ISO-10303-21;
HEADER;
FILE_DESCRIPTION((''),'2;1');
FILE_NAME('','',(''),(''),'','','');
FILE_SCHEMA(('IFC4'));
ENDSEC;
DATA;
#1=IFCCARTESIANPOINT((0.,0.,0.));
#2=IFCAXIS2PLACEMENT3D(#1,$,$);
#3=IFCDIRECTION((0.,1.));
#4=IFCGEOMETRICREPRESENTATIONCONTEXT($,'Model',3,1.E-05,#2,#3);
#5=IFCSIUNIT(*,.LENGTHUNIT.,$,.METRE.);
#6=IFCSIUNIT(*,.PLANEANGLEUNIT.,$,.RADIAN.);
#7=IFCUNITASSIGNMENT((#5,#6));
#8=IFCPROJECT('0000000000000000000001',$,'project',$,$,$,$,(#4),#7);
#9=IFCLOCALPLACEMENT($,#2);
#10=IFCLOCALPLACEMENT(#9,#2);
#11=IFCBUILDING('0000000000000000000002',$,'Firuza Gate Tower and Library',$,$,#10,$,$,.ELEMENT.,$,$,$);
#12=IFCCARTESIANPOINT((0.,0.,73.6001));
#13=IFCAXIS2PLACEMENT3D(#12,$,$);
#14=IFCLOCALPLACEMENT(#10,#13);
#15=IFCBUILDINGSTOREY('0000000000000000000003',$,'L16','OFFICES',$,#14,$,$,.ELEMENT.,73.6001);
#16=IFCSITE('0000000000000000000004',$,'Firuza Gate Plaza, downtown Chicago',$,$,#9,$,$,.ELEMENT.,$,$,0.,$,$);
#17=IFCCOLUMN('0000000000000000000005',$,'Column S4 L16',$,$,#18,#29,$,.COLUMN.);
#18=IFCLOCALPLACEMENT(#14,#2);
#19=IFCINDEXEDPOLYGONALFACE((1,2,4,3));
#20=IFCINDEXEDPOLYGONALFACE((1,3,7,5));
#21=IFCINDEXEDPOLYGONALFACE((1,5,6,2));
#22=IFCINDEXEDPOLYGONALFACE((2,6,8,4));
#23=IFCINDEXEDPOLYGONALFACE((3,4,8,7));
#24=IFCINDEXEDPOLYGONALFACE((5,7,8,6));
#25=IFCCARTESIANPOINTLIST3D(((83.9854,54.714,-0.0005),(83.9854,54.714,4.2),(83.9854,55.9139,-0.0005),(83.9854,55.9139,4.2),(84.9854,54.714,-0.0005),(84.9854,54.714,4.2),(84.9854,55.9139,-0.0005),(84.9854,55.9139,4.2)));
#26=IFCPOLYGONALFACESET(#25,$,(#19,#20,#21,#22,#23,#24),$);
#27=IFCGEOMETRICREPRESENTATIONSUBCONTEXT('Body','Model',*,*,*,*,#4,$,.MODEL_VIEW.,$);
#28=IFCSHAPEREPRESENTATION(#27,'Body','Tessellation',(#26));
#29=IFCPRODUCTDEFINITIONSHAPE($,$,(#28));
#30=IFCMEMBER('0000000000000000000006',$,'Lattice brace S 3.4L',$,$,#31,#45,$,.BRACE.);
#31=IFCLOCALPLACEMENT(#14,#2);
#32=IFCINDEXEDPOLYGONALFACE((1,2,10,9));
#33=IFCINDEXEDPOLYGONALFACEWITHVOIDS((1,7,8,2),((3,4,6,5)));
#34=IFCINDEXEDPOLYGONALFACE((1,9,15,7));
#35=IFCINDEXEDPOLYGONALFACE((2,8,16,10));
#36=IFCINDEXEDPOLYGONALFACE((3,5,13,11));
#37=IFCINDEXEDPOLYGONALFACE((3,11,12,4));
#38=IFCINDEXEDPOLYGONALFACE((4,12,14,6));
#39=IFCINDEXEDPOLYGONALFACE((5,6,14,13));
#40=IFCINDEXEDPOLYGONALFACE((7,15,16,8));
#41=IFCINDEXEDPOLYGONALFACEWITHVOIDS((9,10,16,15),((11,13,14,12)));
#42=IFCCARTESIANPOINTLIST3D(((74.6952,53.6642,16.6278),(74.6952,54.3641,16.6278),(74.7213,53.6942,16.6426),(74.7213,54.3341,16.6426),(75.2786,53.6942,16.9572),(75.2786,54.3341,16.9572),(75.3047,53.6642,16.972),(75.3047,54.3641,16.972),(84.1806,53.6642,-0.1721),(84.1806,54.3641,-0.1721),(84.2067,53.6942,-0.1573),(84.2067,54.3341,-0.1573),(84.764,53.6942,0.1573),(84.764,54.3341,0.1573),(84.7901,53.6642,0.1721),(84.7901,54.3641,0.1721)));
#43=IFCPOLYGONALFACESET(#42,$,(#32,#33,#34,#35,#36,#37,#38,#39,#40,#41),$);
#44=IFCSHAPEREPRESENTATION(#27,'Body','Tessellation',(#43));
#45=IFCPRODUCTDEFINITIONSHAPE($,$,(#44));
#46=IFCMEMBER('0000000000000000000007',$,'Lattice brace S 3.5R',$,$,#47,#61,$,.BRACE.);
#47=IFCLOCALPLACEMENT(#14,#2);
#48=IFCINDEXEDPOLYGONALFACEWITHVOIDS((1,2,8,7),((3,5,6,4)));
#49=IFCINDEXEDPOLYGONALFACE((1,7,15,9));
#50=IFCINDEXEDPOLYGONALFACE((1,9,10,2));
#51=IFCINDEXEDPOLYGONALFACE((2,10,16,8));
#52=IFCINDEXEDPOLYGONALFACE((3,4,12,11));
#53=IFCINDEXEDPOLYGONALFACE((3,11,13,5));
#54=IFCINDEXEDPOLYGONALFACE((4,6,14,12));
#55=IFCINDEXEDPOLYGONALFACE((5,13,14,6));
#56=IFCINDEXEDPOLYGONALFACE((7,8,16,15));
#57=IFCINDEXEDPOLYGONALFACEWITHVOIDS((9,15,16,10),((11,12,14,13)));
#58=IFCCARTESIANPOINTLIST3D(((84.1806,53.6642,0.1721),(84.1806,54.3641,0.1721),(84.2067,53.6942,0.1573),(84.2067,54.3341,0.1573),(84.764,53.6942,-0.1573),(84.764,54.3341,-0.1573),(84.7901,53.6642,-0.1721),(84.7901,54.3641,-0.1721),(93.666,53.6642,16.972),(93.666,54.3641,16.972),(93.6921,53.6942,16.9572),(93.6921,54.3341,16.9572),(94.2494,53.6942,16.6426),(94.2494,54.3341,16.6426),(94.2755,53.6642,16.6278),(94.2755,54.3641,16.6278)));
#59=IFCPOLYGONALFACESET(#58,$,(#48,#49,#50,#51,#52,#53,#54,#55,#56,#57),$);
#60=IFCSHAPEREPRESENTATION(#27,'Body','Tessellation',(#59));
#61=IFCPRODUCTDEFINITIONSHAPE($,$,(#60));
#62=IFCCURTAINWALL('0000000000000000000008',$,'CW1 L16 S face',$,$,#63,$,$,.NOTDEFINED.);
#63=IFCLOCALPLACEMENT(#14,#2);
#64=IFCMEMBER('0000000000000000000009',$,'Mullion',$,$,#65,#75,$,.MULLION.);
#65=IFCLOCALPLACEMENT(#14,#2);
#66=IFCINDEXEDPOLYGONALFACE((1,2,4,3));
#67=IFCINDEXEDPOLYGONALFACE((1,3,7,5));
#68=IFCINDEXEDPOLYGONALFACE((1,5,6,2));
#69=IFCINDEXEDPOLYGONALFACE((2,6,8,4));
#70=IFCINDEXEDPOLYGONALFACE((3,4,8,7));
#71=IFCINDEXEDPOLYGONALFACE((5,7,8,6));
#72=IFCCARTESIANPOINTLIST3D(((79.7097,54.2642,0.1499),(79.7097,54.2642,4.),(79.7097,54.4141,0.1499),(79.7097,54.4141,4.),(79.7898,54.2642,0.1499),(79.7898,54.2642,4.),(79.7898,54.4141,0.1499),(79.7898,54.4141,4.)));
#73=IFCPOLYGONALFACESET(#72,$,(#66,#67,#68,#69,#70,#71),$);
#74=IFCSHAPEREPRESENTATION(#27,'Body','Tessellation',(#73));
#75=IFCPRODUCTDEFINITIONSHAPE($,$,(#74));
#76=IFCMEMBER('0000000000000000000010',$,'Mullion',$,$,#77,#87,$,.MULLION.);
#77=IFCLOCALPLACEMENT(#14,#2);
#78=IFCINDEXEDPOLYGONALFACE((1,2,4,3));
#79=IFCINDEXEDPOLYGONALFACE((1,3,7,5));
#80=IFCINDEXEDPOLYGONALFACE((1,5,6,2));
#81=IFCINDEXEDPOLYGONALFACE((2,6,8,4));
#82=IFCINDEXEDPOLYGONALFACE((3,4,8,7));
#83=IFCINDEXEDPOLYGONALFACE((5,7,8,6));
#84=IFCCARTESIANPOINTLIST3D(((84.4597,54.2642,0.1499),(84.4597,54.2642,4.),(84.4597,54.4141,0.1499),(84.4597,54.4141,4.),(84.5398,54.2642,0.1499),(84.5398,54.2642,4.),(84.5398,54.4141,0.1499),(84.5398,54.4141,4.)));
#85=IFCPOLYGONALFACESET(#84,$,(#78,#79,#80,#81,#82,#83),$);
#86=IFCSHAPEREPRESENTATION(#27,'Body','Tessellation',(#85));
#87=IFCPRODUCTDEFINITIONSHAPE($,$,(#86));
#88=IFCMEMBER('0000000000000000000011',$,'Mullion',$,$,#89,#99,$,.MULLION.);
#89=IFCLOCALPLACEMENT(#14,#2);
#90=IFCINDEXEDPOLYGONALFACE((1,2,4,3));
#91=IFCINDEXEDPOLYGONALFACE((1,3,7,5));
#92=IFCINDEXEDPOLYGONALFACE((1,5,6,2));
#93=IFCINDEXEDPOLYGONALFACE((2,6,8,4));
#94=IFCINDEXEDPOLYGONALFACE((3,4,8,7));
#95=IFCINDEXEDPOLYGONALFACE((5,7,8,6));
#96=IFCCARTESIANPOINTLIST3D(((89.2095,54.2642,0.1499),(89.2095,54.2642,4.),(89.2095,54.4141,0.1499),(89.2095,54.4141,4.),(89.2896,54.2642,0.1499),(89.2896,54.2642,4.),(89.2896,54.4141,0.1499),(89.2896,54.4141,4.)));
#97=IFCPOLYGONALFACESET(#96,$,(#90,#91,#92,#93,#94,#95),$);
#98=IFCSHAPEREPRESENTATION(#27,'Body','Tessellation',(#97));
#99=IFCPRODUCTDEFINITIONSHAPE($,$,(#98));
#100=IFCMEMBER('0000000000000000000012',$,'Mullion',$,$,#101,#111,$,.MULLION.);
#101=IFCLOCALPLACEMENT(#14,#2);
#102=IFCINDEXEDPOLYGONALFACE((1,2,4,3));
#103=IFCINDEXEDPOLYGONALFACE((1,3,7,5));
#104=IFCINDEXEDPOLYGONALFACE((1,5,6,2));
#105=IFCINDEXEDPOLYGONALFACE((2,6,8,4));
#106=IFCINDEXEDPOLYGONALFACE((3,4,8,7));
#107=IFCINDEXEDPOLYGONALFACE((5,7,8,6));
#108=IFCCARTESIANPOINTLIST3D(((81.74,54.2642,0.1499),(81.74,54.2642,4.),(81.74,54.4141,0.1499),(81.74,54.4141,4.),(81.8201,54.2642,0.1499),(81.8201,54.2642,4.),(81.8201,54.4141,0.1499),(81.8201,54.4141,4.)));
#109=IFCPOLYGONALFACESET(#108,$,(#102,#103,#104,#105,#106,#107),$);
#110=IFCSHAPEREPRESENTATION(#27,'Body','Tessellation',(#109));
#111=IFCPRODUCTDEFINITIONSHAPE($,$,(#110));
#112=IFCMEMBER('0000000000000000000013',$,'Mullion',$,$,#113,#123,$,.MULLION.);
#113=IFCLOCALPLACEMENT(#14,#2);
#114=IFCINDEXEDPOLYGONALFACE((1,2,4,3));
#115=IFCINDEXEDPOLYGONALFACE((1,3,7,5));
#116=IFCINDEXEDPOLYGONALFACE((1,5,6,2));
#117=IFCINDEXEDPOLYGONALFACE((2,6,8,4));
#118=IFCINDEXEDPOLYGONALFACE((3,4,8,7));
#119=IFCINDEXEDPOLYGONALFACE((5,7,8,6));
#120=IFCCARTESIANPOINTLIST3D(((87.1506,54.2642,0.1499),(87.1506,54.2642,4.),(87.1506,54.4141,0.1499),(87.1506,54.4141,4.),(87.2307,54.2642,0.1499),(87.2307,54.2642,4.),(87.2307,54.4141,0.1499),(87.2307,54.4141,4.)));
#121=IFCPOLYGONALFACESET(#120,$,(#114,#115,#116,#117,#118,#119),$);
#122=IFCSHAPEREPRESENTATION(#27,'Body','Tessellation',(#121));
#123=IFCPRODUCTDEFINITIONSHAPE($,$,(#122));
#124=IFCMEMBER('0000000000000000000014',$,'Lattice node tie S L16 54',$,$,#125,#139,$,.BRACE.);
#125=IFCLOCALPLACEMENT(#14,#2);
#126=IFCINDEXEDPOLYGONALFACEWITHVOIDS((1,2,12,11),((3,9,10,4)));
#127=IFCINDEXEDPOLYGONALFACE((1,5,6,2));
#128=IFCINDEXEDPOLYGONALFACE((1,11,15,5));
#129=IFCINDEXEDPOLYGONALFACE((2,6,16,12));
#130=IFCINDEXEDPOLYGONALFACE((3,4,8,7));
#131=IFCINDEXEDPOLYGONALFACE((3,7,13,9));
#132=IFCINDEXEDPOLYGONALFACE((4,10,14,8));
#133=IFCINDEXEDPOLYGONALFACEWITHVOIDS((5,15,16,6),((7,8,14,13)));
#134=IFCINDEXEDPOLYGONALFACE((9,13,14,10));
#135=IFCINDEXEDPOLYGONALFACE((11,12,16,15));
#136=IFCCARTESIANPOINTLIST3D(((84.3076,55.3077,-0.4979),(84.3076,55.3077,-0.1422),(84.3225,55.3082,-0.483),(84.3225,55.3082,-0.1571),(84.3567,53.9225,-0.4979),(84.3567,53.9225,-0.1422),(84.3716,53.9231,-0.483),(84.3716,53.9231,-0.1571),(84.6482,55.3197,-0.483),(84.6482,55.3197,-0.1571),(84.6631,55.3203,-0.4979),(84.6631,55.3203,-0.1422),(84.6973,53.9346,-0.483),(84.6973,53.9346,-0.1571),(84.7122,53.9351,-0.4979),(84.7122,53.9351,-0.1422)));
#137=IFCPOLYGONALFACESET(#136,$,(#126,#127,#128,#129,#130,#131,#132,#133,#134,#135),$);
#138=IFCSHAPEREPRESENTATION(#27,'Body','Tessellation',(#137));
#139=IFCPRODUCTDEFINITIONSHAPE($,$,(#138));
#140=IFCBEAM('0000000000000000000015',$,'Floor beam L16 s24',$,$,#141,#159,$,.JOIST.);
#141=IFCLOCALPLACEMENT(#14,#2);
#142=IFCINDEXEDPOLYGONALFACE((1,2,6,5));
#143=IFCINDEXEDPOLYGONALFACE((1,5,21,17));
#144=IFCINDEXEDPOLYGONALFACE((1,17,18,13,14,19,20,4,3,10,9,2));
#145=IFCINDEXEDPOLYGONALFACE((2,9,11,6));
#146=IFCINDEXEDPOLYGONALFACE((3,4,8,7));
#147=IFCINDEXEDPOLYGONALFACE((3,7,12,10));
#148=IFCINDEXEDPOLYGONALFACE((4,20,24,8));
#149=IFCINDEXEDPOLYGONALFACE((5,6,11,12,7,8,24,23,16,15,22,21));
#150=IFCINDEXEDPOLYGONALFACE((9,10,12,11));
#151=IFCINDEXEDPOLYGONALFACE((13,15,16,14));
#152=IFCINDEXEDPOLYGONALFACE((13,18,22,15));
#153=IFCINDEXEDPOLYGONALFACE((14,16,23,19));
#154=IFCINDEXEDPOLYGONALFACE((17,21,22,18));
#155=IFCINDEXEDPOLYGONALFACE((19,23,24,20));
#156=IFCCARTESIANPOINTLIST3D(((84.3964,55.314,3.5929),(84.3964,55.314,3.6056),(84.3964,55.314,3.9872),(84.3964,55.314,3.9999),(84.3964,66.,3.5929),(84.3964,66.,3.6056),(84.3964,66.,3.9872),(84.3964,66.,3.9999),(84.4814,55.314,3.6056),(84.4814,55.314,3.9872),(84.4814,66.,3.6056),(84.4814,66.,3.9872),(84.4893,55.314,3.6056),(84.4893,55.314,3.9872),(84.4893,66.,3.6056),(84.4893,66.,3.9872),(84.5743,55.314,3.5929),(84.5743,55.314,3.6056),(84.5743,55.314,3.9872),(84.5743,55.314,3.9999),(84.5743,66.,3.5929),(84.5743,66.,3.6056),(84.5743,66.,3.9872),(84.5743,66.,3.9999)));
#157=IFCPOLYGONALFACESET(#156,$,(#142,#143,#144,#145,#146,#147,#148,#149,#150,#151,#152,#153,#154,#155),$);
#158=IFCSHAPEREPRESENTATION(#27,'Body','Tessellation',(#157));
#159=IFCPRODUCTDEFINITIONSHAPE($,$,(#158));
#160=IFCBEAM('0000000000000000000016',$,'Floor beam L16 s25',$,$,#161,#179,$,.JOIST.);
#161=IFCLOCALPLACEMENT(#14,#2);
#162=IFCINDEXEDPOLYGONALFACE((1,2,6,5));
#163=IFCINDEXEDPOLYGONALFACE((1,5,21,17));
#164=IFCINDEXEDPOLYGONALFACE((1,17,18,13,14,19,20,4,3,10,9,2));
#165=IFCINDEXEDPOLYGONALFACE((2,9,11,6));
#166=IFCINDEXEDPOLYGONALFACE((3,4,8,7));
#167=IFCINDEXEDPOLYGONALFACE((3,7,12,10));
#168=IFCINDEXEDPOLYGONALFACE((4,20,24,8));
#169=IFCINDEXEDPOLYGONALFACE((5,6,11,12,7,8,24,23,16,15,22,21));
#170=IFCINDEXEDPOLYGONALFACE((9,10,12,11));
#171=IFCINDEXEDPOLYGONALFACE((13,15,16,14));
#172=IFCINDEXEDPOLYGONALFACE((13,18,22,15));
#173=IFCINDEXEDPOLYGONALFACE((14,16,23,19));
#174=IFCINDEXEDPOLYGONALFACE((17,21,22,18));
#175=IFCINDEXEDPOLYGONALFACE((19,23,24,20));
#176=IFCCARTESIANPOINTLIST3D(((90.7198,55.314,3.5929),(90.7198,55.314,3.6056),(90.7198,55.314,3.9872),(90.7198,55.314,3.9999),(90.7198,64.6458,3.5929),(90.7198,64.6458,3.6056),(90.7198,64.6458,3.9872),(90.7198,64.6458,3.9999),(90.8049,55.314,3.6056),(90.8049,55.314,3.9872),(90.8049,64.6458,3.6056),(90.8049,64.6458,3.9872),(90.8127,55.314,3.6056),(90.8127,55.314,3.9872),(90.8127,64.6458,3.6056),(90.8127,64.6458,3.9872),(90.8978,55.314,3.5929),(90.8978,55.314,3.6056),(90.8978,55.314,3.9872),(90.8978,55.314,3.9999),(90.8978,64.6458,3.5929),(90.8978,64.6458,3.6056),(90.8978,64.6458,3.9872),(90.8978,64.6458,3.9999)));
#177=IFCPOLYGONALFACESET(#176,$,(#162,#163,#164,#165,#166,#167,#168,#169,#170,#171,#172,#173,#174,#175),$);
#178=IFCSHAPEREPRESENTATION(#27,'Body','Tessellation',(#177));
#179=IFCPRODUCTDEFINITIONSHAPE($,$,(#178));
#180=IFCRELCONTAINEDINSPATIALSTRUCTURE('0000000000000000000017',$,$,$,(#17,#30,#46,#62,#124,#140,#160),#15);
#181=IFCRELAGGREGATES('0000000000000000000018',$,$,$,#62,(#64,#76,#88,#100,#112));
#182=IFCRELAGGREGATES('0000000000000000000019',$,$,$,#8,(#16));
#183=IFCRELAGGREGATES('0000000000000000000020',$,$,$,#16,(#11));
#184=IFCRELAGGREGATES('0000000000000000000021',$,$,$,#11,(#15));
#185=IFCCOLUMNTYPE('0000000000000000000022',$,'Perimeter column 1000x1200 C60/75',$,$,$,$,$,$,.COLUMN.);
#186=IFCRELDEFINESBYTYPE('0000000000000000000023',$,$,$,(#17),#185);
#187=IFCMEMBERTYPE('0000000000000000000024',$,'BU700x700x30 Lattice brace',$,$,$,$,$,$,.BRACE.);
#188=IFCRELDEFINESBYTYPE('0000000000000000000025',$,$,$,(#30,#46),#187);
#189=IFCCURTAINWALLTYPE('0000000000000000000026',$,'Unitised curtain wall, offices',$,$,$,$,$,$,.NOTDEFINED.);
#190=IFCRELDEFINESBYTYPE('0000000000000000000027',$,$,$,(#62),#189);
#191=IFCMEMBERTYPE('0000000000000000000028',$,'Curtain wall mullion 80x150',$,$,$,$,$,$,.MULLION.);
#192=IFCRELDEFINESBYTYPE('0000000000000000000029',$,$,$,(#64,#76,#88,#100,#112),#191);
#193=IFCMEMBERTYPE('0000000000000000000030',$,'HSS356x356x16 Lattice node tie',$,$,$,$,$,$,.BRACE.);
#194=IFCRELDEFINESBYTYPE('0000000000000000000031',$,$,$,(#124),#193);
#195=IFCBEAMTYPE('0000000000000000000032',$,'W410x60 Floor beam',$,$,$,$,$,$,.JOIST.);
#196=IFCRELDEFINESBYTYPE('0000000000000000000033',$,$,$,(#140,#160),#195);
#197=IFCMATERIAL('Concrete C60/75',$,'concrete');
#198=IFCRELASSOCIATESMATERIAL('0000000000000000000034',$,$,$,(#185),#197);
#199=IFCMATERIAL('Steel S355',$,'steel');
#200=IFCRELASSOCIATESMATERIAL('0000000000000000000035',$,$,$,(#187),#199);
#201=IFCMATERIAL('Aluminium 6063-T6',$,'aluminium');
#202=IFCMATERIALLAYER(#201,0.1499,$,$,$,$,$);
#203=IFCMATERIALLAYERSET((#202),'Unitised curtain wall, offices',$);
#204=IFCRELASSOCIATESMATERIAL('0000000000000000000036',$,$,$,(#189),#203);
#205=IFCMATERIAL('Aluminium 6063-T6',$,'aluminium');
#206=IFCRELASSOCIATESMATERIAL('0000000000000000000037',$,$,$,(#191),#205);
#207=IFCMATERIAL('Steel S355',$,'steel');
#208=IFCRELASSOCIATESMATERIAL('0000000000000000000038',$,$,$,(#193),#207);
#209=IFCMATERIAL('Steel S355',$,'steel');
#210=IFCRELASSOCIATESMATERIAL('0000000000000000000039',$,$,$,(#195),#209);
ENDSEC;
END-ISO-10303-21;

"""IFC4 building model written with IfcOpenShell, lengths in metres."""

from ifc_helpers import new_model, si_unit, direction, frame, origin, origin_2d, place, context, subcontext, project, spatial, rectangle, hollow_rectangle, i_section, extrude, material, layer, layer_set, material_profile, profile_set, type_object, element, aggregate, save


model = new_model("IFC4")

# Units and contexts
model_context = context("Model", 3, precision=1e-05, world=origin(), true_north=direction((0.0, 1.0)))
body_context = subcontext(model_context, "Body", "Model", "MODEL_VIEW")
ifc_project = project(units=[si_unit("LENGTHUNIT", "METRE"), si_unit("PLANEANGLEUNIT", "RADIAN")], contexts=[model_context])

# Site, building, storey
site_placement = place(None, origin())
site = spatial("IfcSite", under=ifc_project, at=site_placement, Name="Firuza Gate Plaza, downtown Chicago", CompositionType="ELEMENT", RefElevation=0.0)
building_placement = place(site_placement, origin())
building = spatial("IfcBuilding", under=site, at=building_placement, Name="Firuza Gate Tower and Library", CompositionType="ELEMENT")
storey_placement = place(building_placement, frame((0.0, 0.0, 73.6001)))
storey = spatial("IfcBuildingStorey", under=building, at=storey_placement, Name="L16", Description="OFFICES", CompositionType="ELEMENT", Elevation=73.6001)

# Column
ifc_material_1 = material(Name="Concrete C60/75", Category="concrete")
ifc_material_profile_1 = material_profile(ifc_material_1, rectangle(XDim=1.0, YDim=1.2, at=origin_2d()))
ifc_profile_set_1 = profile_set([ifc_material_profile_1], Name="Concrete C60/75")
column_type = type_object("IfcColumnType", Name="Perimeter column 1000x1200 C60/75", PredefinedType="COLUMN", material=ifc_profile_set_1)
column_placement = place(storey_placement, frame((84.4854, 55.314, -0.0005), z_axis=(0.0, 0.0, 1.0), x_axis=(1.0, 0.0, 0.0)))
element("IfcColumn", 1, at=column_placement, inside=storey, type_object=column_type, Name="Column S4 L16", PredefinedType="COLUMN", context=body_context, shape_type="SweptSolid", body=[
    extrude(rectangle(XDim=1.0, YDim=1.2, at=origin_2d()), origin(), (0.0, 0.0, 1.0), 4.2004),
])

# Members
ifc_material_2 = material(Name="Steel S355", Category="steel")
ifc_material_profile_2 = material_profile(ifc_material_2, hollow_rectangle(XDim=0.7, YDim=0.7, WallThickness=0.03, at=origin_2d()))
ifc_profile_set_2 = profile_set([ifc_material_profile_2], Name="Steel S355")
member_type_1 = type_object("IfcMemberType", Name="BU700x700x30 Lattice brace", PredefinedType="BRACE", material=ifc_profile_set_2)
for number, where, z_axis, x_axis, name in (
    (2, (84.4854, 54.0142, 0.0), (-0.491657, 0.0, 0.870789), (0.0, -1.0, 0.0), "Lattice brace S 3.4L"),
    (3, (84.4854, 54.0142, 0.0), (0.491657, 0.0, 0.870789), (0.0, 1.0, 0.0), "Lattice brace S 3.5R"),
):
    element("IfcMember", number, at=place(storey_placement, frame(where, z_axis=z_axis, x_axis=x_axis)), inside=storey, type_object=member_type_1, Name=name, PredefinedType="BRACE", context=body_context, shape_type="SweptSolid", body=[
        extrude(hollow_rectangle(XDim=0.7, YDim=0.7, WallThickness=0.03, at=origin_2d()), origin(), (0.0, 0.0, 1.0), 19.2927),
    ])

# Curtain wall, members
ifc_material_3 = material(Name="Aluminium 6063-T6", Category="aluminium")
ifc_layer_1 = layer(ifc_material_3, 0.1499)
ifc_layer_set_1 = layer_set([ifc_layer_1], Name="Unitised curtain wall, offices")
curtain_wall_type = type_object("IfcCurtainWallType", Name="Unitised curtain wall, offices", PredefinedType="NOTDEFINED", material=ifc_layer_set_1)
curtain_wall_placement = place(storey_placement, origin())
curtain_wall = element("IfcCurtainWall", 4, at=curtain_wall_placement, inside=storey, type_object=curtain_wall_type, Name="CW1 L16 S face", PredefinedType="NOTDEFINED")
ifc_material_4 = material(Name="Aluminium 6063-T6", Category="aluminium")
ifc_material_profile_3 = material_profile(ifc_material_4, rectangle(XDim=0.1499, YDim=0.0801, at=origin_2d()))
ifc_profile_set_3 = profile_set([ifc_material_profile_3], Name="Aluminium 6063-T6")
member_type_2 = type_object("IfcMemberType", Name="Curtain wall mullion 80x150", PredefinedType="MULLION", material=ifc_profile_set_3)
member_1_placement = place(storey_placement, frame((79.7498, 54.3391, 0.1499), z_axis=(0.0, 0.0, 1.0), x_axis=(0.0, 1.0, 0.0)))
member_1 = element("IfcMember", 5, at=member_1_placement, type_object=member_type_2, Name="Mullion", PredefinedType="MULLION", context=body_context, shape_type="SweptSolid", body=[
    extrude(rectangle(XDim=0.1499, YDim=0.0801, at=origin_2d()), origin(), (0.0, 0.0, 1.0), 3.8501),
])
member_2_placement = place(storey_placement, frame((84.4998, 54.3391, 0.1499), z_axis=(0.0, 0.0, 1.0), x_axis=(0.0, 1.0, 0.0)))
member_2 = element("IfcMember", 6, at=member_2_placement, type_object=member_type_2, Name="Mullion", PredefinedType="MULLION", context=body_context, shape_type="SweptSolid", body=[
    extrude(rectangle(XDim=0.1499, YDim=0.0801, at=origin_2d()), origin(), (0.0, 0.0, 1.0), 3.8501),
])
member_3_placement = place(storey_placement, frame((89.2495, 54.3391, 0.1499), z_axis=(0.0, 0.0, 1.0), x_axis=(0.0, 1.0, 0.0)))
member_3 = element("IfcMember", 7, at=member_3_placement, type_object=member_type_2, Name="Mullion", PredefinedType="MULLION", context=body_context, shape_type="SweptSolid", body=[
    extrude(rectangle(XDim=0.1499, YDim=0.0801, at=origin_2d()), origin(), (0.0, 0.0, 1.0), 3.8501),
])
member_4_placement = place(storey_placement, frame((81.78, 54.3391, 0.1499), z_axis=(0.0, 0.0, 1.0), x_axis=(0.0, 1.0, 0.0)))
member_4 = element("IfcMember", 8, at=member_4_placement, type_object=member_type_2, Name="Mullion", PredefinedType="MULLION", context=body_context, shape_type="SweptSolid", body=[
    extrude(rectangle(XDim=0.1499, YDim=0.0801, at=origin_2d()), origin(), (0.0, 0.0, 1.0), 3.8501),
])
member_5_placement = place(storey_placement, frame((87.1907, 54.3391, 0.1499), z_axis=(0.0, 0.0, 1.0), x_axis=(0.0, 1.0, 0.0)))
member_5 = element("IfcMember", 9, at=member_5_placement, type_object=member_type_2, Name="Mullion", PredefinedType="MULLION", context=body_context, shape_type="SweptSolid", body=[
    extrude(rectangle(XDim=0.1499, YDim=0.0801, at=origin_2d()), origin(), (0.0, 0.0, 1.0), 3.8501),
])

# Member
ifc_material_5 = material(Name="Steel S355", Category="steel")
ifc_material_profile_4 = material_profile(ifc_material_5, hollow_rectangle(XDim=0.3557, YDim=0.3557, WallThickness=0.0149, at=origin_2d()))
ifc_profile_set_4 = profile_set([ifc_material_profile_4], Name="Steel S355")
member_type_3 = type_object("IfcMemberType", Name="HSS356x356x16 Lattice node tie", PredefinedType="BRACE", material=ifc_profile_set_4)
member_6_placement = place(storey_placement, frame((84.4854, 55.314, -0.3201), z_axis=(0.035409, -0.999373, 0.0), x_axis=(0.999373, 0.035409, 0.0)))
element("IfcMember", 10, at=member_6_placement, inside=storey, type_object=member_type_3, Name="Lattice node tie S L16 54", PredefinedType="BRACE", context=body_context, shape_type="SweptSolid", body=[
    extrude(hollow_rectangle(XDim=0.3557, YDim=0.3557, WallThickness=0.0149, at=origin_2d()), origin(), (0.0, 0.0, 1.0), 1.386),
])

# Beams
ifc_material_6 = material(Name="Steel S355", Category="steel")
ifc_material_profile_5 = material_profile(ifc_material_6, i_section(OverallWidth=0.178, OverallDepth=0.407, WebThickness=0.0078, FlangeThickness=0.0127, at=origin_2d()))
ifc_profile_set_5 = profile_set([ifc_material_profile_5], Name="Steel S355")
beam_type = type_object("IfcBeamType", Name="W410x60 Floor beam", PredefinedType="JOIST", material=ifc_profile_set_5)
beam_1_placement = place(storey_placement, frame((84.4854, 55.314, 3.7964), z_axis=(0.0, 1.0, 0.0), x_axis=(-1.0, 0.0, 0.0)))
element("IfcBeam", 11, at=beam_1_placement, inside=storey, type_object=beam_type, Name="Floor beam L16 s24", PredefinedType="JOIST", context=body_context, shape_type="SweptSolid", body=[
    extrude(i_section(OverallWidth=0.178, OverallDepth=0.407, WebThickness=0.0078, FlangeThickness=0.0127, at=origin_2d()), origin(), (0.0, 0.0, 1.0), 10.686),
])
beam_2_placement = place(storey_placement, frame((90.8088, 55.314, 3.7964), z_axis=(0.0, 1.0, 0.0), x_axis=(-1.0, 0.0, 0.0)))
element("IfcBeam", 12, at=beam_2_placement, inside=storey, type_object=beam_type, Name="Floor beam L16 s25", PredefinedType="JOIST", context=body_context, shape_type="SweptSolid", body=[
    extrude(i_section(OverallWidth=0.178, OverallDepth=0.407, WebThickness=0.0078, FlangeThickness=0.0127, at=origin_2d()), origin(), (0.0, 0.0, 1.0), 9.3318),
])

aggregate(curtain_wall, [member_1, member_2, member_3, member_4, member_5])

save(model, "model.ifc")
